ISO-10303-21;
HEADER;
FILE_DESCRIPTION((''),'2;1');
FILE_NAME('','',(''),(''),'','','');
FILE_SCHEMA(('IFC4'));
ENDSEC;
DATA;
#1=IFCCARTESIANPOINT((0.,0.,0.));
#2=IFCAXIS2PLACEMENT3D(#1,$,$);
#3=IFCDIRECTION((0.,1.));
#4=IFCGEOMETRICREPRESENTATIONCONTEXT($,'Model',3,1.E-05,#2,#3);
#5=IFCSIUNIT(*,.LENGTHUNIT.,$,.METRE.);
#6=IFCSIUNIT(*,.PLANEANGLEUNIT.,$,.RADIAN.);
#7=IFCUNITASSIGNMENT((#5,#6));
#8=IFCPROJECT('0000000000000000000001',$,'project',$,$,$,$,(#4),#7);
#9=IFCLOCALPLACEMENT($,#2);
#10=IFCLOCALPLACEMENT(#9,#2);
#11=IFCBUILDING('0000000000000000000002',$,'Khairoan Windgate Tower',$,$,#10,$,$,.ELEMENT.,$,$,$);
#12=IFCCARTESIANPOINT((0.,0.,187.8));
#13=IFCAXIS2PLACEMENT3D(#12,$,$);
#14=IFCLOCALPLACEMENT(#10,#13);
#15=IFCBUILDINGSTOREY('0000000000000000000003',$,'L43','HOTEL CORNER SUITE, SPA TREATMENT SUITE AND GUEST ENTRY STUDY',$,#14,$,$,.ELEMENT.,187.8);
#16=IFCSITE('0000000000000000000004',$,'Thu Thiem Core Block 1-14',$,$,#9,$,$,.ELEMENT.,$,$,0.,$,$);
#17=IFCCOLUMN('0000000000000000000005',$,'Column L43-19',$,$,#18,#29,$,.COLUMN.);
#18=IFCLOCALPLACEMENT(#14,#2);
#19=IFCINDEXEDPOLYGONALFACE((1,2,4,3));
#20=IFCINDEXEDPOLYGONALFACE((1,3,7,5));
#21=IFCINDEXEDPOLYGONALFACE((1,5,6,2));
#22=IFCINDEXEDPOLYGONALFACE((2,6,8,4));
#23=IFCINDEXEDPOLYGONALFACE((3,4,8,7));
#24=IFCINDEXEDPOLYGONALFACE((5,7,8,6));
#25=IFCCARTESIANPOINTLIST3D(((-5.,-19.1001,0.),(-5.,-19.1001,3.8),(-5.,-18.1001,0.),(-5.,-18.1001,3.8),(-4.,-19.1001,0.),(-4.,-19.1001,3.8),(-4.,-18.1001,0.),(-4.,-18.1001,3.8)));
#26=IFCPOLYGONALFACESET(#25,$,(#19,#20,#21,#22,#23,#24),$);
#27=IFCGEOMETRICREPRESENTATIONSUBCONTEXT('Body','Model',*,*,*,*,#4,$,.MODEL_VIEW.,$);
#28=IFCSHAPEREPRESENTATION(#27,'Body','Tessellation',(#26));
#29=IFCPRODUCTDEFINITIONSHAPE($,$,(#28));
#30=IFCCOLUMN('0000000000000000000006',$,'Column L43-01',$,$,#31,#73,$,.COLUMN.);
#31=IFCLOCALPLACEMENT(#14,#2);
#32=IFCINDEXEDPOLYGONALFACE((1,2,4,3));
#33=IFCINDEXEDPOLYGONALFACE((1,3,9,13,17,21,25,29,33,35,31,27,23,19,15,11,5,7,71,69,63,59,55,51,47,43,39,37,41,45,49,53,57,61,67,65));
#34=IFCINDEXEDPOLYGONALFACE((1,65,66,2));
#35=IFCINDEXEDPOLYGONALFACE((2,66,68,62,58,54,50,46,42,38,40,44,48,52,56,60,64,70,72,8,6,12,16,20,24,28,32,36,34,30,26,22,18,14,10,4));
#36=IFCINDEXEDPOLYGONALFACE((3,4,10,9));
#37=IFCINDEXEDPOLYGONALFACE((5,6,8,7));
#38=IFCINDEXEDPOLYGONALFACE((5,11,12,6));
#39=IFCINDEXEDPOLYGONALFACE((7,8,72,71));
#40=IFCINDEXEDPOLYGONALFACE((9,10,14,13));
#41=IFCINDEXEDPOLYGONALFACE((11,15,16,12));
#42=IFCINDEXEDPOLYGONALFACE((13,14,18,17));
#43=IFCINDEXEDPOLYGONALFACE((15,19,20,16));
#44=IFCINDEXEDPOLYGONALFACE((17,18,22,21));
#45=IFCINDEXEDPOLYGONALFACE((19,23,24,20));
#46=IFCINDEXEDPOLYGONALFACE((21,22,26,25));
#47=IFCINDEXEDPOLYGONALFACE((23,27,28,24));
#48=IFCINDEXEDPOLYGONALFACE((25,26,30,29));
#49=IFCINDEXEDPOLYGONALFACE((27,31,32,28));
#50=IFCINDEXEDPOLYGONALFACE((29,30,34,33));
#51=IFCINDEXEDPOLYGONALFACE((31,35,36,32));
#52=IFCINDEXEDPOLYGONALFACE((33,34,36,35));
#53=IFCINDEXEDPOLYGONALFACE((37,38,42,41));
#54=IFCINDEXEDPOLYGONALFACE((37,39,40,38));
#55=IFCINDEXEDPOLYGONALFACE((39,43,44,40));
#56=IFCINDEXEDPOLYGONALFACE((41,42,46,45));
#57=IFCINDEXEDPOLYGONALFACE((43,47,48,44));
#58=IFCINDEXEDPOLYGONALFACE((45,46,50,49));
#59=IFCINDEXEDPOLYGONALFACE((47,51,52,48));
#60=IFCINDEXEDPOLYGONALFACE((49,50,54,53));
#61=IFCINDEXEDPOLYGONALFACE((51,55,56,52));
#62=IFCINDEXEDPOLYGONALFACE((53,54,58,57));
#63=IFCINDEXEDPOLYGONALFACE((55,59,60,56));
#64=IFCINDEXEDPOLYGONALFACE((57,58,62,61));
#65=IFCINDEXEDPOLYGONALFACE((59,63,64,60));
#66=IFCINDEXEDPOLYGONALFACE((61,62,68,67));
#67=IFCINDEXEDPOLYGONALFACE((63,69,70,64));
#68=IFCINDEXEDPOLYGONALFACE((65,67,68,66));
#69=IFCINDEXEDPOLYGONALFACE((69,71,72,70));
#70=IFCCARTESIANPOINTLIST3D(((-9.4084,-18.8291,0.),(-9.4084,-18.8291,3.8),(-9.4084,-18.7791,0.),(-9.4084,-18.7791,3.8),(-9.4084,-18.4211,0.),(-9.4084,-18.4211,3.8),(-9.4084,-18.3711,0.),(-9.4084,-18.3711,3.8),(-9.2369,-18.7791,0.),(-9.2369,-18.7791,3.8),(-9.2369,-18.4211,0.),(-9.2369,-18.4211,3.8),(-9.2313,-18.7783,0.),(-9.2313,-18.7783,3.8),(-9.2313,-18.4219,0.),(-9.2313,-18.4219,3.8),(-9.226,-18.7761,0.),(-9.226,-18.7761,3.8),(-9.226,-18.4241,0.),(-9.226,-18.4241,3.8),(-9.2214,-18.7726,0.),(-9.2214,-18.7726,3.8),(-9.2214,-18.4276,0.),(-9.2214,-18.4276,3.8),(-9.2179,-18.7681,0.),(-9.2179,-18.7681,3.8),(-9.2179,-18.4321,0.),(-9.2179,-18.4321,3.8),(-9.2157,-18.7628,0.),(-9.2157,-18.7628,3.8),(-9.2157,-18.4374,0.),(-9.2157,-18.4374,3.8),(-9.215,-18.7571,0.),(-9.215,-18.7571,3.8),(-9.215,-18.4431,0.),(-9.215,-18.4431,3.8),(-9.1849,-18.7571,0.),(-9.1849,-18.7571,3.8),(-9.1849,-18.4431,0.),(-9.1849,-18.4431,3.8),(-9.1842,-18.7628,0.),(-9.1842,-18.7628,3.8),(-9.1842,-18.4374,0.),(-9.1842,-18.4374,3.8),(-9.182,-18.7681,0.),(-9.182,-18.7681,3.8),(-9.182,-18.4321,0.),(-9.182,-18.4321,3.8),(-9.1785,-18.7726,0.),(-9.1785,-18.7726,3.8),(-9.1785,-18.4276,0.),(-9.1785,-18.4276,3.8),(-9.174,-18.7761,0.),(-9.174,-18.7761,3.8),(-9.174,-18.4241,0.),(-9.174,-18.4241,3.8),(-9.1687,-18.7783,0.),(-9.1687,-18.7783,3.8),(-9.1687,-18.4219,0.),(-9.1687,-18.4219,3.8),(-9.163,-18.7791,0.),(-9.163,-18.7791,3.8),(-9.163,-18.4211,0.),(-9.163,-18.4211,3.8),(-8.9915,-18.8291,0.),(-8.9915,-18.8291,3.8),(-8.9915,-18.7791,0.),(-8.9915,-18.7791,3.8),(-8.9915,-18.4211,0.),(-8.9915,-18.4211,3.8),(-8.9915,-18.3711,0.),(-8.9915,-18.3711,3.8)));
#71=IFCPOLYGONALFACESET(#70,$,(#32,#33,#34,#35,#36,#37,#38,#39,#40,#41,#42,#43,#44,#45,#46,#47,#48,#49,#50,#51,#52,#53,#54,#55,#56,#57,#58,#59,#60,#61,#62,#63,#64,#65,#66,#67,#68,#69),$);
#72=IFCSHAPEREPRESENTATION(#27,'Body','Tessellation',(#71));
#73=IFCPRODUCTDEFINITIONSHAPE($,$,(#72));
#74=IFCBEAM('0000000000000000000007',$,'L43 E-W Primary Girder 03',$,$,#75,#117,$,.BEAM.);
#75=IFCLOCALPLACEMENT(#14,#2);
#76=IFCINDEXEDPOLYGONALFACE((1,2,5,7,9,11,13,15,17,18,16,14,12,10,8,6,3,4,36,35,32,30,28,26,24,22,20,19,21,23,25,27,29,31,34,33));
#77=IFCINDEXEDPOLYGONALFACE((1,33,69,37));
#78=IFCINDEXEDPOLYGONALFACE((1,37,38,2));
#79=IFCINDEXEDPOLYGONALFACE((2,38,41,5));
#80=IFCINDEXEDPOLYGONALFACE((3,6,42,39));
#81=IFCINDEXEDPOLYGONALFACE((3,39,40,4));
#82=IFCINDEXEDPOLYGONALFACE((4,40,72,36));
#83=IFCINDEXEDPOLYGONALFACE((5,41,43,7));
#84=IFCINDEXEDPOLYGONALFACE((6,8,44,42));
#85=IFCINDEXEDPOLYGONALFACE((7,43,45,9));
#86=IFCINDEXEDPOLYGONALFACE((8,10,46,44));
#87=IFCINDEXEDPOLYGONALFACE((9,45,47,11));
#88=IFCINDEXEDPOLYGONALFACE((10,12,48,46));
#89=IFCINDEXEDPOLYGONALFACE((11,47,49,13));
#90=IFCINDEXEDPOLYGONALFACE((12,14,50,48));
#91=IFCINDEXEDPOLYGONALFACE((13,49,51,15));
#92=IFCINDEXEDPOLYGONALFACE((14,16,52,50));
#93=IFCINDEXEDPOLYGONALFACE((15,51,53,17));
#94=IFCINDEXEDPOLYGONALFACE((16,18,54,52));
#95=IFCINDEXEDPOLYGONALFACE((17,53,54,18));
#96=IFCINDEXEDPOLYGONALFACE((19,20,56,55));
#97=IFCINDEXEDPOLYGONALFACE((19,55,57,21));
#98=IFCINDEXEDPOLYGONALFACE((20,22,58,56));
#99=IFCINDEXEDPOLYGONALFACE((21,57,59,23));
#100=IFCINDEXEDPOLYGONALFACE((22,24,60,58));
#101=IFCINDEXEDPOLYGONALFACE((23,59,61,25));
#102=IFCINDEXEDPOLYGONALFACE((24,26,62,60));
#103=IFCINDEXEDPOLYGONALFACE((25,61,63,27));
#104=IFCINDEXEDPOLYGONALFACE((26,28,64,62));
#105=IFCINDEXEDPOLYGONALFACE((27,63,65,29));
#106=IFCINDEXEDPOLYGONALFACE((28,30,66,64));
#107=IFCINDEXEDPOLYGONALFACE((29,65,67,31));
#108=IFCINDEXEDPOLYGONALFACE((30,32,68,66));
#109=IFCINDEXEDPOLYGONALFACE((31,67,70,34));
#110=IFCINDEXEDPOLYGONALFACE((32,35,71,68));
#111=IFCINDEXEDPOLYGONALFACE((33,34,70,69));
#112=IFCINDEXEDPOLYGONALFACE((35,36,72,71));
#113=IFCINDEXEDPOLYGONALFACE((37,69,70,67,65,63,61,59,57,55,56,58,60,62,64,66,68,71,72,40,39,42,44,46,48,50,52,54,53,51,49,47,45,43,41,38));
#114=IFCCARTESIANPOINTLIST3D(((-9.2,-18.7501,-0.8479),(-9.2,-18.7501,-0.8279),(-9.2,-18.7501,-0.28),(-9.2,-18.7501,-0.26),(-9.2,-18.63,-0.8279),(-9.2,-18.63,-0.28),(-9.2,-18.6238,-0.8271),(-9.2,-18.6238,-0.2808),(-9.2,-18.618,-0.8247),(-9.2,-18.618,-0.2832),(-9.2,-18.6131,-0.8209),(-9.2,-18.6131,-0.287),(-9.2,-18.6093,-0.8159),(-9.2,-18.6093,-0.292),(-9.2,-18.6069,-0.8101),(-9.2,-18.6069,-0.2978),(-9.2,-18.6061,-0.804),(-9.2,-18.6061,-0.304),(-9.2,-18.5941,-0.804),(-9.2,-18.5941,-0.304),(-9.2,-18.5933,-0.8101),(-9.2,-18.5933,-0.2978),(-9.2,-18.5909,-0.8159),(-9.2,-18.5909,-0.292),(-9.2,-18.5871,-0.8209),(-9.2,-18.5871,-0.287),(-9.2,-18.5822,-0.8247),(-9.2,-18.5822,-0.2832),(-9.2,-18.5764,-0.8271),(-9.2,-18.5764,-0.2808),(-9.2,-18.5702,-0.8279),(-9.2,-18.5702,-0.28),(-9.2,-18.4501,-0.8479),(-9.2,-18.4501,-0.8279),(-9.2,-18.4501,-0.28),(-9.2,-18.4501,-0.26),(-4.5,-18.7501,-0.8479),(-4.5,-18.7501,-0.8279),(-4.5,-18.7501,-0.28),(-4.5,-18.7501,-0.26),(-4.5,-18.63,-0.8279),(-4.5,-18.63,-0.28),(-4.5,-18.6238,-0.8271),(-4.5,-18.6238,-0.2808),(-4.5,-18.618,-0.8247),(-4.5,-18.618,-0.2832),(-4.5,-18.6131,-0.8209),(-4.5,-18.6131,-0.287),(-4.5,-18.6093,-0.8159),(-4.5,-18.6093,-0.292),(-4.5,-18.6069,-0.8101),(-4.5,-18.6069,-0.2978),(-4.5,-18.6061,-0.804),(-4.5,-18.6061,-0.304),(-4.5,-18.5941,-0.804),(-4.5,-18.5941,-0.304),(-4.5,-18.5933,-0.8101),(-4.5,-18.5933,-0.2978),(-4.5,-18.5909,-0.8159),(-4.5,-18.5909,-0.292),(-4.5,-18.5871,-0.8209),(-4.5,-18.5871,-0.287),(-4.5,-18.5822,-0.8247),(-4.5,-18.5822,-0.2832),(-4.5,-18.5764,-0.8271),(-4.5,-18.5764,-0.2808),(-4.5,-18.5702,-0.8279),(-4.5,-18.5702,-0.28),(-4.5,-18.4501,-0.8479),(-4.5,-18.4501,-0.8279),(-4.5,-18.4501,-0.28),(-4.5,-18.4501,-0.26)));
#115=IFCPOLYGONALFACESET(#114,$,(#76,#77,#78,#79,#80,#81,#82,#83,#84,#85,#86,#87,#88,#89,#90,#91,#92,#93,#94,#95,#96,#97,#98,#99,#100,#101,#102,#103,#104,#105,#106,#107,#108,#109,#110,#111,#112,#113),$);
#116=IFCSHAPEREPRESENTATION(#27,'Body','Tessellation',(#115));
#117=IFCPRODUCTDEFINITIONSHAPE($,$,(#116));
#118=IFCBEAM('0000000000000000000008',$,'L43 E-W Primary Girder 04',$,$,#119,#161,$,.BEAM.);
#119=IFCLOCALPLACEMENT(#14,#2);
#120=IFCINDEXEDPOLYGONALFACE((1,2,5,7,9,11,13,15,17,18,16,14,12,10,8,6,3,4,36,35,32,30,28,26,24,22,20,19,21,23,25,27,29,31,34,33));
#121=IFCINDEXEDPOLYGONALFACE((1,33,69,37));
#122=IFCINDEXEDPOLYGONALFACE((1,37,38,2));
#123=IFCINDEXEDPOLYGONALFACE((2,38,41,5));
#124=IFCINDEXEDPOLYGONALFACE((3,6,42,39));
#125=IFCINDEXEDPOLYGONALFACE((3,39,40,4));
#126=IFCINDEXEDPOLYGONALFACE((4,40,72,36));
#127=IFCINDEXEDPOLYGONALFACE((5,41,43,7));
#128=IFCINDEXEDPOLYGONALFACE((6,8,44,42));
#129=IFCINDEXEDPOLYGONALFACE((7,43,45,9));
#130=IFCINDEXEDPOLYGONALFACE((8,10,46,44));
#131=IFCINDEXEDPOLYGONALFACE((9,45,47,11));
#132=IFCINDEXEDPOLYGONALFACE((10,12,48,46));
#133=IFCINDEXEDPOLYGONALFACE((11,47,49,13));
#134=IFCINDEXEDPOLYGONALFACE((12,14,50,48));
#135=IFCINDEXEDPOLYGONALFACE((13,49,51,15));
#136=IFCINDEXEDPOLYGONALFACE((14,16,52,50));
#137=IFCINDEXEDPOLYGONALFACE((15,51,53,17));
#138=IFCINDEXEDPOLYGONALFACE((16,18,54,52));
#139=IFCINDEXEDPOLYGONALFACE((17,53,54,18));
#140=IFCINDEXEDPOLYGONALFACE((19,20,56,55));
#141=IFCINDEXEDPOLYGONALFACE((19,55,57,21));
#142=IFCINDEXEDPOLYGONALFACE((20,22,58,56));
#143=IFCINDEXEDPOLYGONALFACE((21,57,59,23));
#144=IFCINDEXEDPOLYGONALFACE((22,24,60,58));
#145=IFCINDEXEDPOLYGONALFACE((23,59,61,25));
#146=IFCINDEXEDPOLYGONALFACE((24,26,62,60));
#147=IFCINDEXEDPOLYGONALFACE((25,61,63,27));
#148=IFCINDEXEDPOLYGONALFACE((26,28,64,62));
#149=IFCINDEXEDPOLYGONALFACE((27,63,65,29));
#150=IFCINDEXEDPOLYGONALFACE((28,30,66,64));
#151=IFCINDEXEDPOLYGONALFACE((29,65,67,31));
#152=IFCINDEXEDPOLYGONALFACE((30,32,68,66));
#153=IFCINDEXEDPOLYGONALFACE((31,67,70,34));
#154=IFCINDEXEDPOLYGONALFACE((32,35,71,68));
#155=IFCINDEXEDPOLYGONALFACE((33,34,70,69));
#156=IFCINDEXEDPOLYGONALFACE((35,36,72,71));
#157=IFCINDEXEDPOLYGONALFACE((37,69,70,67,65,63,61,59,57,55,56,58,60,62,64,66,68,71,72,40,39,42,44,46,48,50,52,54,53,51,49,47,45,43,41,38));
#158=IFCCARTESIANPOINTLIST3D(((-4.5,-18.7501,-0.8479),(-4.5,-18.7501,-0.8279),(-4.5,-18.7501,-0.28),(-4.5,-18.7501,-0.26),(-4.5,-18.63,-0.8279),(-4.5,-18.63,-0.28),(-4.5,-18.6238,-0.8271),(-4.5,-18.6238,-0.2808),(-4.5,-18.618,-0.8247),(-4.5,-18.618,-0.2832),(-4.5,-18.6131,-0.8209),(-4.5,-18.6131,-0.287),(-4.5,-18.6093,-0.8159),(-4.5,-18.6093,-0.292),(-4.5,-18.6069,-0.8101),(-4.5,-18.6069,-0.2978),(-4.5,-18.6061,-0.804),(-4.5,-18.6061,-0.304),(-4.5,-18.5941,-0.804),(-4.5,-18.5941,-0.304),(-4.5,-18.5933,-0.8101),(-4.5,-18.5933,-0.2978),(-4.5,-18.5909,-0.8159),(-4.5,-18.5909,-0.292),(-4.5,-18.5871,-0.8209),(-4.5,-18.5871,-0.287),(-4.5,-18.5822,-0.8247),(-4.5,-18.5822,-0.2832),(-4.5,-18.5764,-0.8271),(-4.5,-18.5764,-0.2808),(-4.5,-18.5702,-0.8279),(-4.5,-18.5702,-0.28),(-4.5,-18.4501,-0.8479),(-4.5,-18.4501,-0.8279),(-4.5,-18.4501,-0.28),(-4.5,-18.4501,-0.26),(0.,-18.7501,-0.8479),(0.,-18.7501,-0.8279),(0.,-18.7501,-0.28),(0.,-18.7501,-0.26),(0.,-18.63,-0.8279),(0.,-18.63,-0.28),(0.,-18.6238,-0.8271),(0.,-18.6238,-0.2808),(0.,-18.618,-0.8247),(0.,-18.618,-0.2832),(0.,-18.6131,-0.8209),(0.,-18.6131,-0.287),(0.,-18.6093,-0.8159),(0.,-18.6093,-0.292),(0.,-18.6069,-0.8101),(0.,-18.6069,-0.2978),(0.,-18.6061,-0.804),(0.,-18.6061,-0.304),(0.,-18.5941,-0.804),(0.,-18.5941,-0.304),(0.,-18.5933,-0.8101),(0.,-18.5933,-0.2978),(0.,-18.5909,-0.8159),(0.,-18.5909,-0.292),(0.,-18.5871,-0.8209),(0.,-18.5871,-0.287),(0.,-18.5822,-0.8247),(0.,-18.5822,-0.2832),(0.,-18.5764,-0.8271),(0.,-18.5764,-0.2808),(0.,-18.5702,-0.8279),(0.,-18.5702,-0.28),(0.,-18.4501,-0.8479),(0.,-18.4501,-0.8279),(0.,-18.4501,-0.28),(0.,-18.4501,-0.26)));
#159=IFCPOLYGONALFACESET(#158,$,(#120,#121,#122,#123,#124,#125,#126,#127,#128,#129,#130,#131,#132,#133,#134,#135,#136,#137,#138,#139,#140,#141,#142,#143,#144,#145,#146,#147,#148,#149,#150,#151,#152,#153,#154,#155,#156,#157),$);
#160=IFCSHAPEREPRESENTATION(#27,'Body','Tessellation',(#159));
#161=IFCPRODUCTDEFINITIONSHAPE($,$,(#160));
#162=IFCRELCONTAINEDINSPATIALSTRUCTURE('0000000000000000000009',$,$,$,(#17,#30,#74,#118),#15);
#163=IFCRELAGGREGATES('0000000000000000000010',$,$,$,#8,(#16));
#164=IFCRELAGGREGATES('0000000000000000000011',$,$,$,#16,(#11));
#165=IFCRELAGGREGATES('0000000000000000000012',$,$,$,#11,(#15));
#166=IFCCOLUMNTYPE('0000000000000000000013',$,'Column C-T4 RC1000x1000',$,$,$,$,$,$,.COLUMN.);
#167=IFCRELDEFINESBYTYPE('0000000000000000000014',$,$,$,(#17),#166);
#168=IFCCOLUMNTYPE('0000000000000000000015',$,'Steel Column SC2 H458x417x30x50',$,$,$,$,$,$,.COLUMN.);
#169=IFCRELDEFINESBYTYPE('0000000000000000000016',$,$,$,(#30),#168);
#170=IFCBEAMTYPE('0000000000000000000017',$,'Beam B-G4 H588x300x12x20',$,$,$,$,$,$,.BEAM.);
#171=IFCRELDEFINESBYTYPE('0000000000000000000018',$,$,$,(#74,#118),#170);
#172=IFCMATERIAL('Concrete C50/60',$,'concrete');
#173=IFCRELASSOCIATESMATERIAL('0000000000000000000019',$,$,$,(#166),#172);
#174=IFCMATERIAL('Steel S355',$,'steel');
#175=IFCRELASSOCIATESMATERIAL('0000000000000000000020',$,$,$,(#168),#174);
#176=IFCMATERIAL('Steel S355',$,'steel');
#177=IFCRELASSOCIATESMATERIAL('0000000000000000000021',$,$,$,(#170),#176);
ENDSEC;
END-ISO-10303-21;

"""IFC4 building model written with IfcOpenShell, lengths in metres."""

from ifc_helpers import new_model, si_unit, direction, frame, origin, origin_2d, place, context, subcontext, project, spatial, rectangle, i_section, extrude, material, material_profile, profile_set, type_object, element, save


model = new_model("IFC4")

# Units and contexts
model_context = context("Model", 3, precision=1e-05, world=origin(), true_north=direction((0.0, 1.0)))
body_context = subcontext(model_context, "Body", "Model", "MODEL_VIEW")
ifc_project = project(units=[si_unit("LENGTHUNIT", "METRE"), si_unit("PLANEANGLEUNIT", "RADIAN")], contexts=[model_context])

# Site, building, storey
site_placement = place(None, origin())
site = spatial("IfcSite", under=ifc_project, at=site_placement, Name="Thu Thiem Core Block 1-14", CompositionType="ELEMENT", RefElevation=0.0)
building_placement = place(site_placement, origin())
building = spatial("IfcBuilding", under=site, at=building_placement, Name="Khairoan Windgate Tower", CompositionType="ELEMENT")
storey_placement = place(building_placement, frame((0.0, 0.0, 187.8)))
storey = spatial("IfcBuildingStorey", under=building, at=storey_placement, Name="L43", Description="HOTEL CORNER SUITE, SPA TREATMENT SUITE AND GUEST ENTRY STUDY", CompositionType="ELEMENT", Elevation=187.8)

# Columns
ifc_material_1 = material(Name="Concrete C50/60", Category="concrete")
ifc_material_profile_1 = material_profile(ifc_material_1, rectangle(XDim=1.0, YDim=1.0, at=origin_2d()))
ifc_profile_set_1 = profile_set([ifc_material_profile_1], Name="Concrete C50/60")
column_type_1 = type_object("IfcColumnType", Name="Column C-T4 RC1000x1000", PredefinedType="COLUMN", material=ifc_profile_set_1)
column_1_placement = place(storey_placement, frame((-4.5, -18.6001, 0.0), z_axis=(0.0, 0.0, 1.0), x_axis=(1.0, 0.0, 0.0)))
element("IfcColumn", 1, at=column_1_placement, inside=storey, type_object=column_type_1, Name="Column L43-19", PredefinedType="COLUMN", context=body_context, shape_type="SweptSolid", body=[
    extrude(rectangle(XDim=1.0, YDim=1.0, at=origin_2d()), origin(), (0.0, 0.0, 1.0), 3.8),
])
ifc_material_2 = material(Name="Steel S355", Category="steel")
ifc_material_profile_2 = material_profile(ifc_material_2, i_section(OverallWidth=0.417, OverallDepth=0.458, WebThickness=0.03, FlangeThickness=0.05, FilletRadius=0.022, at=origin_2d()))
ifc_profile_set_2 = profile_set([ifc_material_profile_2], Name="Steel S355")
column_type_2 = type_object("IfcColumnType", Name="Steel Column SC2 H458x417x30x50", PredefinedType="COLUMN", material=ifc_profile_set_2)
column_2_placement = place(storey_placement, frame((-9.2, -18.6001, 0.0), z_axis=(0.0, 0.0, 1.0), x_axis=(1.0, 0.0, 0.0)))
element("IfcColumn", 2, at=column_2_placement, inside=storey, type_object=column_type_2, Name="Column L43-01", PredefinedType="COLUMN", context=body_context, shape_type="SweptSolid", body=[
    extrude(i_section(OverallWidth=0.417, OverallDepth=0.458, WebThickness=0.03, FlangeThickness=0.05, FilletRadius=0.022, at=origin_2d()), origin(), (0.0, 0.0, 1.0), 3.8),
])

# Beams
ifc_material_3 = material(Name="Steel S355", Category="steel")
ifc_material_profile_3 = material_profile(ifc_material_3, i_section(OverallWidth=0.3, OverallDepth=0.5879, WebThickness=0.012, FlangeThickness=0.02, FilletRadius=0.0239, at=origin_2d()))
ifc_profile_set_3 = profile_set([ifc_material_profile_3], Name="Steel S355")
beam_type_1 = type_object("IfcBeamType", Name="Beam B-G4 H588x300x12x20", PredefinedType="BEAM", material=ifc_profile_set_3)
beam_1_placement = place(storey_placement, frame((-9.2, -18.6001, -0.554), z_axis=(1.0, 0.0, 0.0), x_axis=(0.0, 1.0, 0.0)))
element("IfcBeam", 3, at=beam_1_placement, inside=storey, type_object=beam_type_1, Name="L43 E-W Primary Girder 03", PredefinedType="BEAM", context=body_context, shape_type="SweptSolid", body=[
    extrude(i_section(OverallWidth=0.3, OverallDepth=0.5879, WebThickness=0.012, FlangeThickness=0.02, FilletRadius=0.0239, at=origin_2d()), origin(), (0.0, 0.0, 1.0), 4.7),
])
beam_2_placement = place(storey_placement, frame((-4.5, -18.6001, -0.554), z_axis=(1.0, 0.0, 0.0), x_axis=(0.0, 1.0, 0.0)))
element("IfcBeam", 4, at=beam_2_placement, inside=storey, type_object=beam_type_1, Name="L43 E-W Primary Girder 04", PredefinedType="BEAM", context=body_context, shape_type="SweptSolid", body=[
    extrude(i_section(OverallWidth=0.3, OverallDepth=0.5879, WebThickness=0.012, FlangeThickness=0.02, FilletRadius=0.0239, at=origin_2d()), origin(), (0.0, 0.0, 1.0), 4.5),
])

save(model, "model.ifc")
